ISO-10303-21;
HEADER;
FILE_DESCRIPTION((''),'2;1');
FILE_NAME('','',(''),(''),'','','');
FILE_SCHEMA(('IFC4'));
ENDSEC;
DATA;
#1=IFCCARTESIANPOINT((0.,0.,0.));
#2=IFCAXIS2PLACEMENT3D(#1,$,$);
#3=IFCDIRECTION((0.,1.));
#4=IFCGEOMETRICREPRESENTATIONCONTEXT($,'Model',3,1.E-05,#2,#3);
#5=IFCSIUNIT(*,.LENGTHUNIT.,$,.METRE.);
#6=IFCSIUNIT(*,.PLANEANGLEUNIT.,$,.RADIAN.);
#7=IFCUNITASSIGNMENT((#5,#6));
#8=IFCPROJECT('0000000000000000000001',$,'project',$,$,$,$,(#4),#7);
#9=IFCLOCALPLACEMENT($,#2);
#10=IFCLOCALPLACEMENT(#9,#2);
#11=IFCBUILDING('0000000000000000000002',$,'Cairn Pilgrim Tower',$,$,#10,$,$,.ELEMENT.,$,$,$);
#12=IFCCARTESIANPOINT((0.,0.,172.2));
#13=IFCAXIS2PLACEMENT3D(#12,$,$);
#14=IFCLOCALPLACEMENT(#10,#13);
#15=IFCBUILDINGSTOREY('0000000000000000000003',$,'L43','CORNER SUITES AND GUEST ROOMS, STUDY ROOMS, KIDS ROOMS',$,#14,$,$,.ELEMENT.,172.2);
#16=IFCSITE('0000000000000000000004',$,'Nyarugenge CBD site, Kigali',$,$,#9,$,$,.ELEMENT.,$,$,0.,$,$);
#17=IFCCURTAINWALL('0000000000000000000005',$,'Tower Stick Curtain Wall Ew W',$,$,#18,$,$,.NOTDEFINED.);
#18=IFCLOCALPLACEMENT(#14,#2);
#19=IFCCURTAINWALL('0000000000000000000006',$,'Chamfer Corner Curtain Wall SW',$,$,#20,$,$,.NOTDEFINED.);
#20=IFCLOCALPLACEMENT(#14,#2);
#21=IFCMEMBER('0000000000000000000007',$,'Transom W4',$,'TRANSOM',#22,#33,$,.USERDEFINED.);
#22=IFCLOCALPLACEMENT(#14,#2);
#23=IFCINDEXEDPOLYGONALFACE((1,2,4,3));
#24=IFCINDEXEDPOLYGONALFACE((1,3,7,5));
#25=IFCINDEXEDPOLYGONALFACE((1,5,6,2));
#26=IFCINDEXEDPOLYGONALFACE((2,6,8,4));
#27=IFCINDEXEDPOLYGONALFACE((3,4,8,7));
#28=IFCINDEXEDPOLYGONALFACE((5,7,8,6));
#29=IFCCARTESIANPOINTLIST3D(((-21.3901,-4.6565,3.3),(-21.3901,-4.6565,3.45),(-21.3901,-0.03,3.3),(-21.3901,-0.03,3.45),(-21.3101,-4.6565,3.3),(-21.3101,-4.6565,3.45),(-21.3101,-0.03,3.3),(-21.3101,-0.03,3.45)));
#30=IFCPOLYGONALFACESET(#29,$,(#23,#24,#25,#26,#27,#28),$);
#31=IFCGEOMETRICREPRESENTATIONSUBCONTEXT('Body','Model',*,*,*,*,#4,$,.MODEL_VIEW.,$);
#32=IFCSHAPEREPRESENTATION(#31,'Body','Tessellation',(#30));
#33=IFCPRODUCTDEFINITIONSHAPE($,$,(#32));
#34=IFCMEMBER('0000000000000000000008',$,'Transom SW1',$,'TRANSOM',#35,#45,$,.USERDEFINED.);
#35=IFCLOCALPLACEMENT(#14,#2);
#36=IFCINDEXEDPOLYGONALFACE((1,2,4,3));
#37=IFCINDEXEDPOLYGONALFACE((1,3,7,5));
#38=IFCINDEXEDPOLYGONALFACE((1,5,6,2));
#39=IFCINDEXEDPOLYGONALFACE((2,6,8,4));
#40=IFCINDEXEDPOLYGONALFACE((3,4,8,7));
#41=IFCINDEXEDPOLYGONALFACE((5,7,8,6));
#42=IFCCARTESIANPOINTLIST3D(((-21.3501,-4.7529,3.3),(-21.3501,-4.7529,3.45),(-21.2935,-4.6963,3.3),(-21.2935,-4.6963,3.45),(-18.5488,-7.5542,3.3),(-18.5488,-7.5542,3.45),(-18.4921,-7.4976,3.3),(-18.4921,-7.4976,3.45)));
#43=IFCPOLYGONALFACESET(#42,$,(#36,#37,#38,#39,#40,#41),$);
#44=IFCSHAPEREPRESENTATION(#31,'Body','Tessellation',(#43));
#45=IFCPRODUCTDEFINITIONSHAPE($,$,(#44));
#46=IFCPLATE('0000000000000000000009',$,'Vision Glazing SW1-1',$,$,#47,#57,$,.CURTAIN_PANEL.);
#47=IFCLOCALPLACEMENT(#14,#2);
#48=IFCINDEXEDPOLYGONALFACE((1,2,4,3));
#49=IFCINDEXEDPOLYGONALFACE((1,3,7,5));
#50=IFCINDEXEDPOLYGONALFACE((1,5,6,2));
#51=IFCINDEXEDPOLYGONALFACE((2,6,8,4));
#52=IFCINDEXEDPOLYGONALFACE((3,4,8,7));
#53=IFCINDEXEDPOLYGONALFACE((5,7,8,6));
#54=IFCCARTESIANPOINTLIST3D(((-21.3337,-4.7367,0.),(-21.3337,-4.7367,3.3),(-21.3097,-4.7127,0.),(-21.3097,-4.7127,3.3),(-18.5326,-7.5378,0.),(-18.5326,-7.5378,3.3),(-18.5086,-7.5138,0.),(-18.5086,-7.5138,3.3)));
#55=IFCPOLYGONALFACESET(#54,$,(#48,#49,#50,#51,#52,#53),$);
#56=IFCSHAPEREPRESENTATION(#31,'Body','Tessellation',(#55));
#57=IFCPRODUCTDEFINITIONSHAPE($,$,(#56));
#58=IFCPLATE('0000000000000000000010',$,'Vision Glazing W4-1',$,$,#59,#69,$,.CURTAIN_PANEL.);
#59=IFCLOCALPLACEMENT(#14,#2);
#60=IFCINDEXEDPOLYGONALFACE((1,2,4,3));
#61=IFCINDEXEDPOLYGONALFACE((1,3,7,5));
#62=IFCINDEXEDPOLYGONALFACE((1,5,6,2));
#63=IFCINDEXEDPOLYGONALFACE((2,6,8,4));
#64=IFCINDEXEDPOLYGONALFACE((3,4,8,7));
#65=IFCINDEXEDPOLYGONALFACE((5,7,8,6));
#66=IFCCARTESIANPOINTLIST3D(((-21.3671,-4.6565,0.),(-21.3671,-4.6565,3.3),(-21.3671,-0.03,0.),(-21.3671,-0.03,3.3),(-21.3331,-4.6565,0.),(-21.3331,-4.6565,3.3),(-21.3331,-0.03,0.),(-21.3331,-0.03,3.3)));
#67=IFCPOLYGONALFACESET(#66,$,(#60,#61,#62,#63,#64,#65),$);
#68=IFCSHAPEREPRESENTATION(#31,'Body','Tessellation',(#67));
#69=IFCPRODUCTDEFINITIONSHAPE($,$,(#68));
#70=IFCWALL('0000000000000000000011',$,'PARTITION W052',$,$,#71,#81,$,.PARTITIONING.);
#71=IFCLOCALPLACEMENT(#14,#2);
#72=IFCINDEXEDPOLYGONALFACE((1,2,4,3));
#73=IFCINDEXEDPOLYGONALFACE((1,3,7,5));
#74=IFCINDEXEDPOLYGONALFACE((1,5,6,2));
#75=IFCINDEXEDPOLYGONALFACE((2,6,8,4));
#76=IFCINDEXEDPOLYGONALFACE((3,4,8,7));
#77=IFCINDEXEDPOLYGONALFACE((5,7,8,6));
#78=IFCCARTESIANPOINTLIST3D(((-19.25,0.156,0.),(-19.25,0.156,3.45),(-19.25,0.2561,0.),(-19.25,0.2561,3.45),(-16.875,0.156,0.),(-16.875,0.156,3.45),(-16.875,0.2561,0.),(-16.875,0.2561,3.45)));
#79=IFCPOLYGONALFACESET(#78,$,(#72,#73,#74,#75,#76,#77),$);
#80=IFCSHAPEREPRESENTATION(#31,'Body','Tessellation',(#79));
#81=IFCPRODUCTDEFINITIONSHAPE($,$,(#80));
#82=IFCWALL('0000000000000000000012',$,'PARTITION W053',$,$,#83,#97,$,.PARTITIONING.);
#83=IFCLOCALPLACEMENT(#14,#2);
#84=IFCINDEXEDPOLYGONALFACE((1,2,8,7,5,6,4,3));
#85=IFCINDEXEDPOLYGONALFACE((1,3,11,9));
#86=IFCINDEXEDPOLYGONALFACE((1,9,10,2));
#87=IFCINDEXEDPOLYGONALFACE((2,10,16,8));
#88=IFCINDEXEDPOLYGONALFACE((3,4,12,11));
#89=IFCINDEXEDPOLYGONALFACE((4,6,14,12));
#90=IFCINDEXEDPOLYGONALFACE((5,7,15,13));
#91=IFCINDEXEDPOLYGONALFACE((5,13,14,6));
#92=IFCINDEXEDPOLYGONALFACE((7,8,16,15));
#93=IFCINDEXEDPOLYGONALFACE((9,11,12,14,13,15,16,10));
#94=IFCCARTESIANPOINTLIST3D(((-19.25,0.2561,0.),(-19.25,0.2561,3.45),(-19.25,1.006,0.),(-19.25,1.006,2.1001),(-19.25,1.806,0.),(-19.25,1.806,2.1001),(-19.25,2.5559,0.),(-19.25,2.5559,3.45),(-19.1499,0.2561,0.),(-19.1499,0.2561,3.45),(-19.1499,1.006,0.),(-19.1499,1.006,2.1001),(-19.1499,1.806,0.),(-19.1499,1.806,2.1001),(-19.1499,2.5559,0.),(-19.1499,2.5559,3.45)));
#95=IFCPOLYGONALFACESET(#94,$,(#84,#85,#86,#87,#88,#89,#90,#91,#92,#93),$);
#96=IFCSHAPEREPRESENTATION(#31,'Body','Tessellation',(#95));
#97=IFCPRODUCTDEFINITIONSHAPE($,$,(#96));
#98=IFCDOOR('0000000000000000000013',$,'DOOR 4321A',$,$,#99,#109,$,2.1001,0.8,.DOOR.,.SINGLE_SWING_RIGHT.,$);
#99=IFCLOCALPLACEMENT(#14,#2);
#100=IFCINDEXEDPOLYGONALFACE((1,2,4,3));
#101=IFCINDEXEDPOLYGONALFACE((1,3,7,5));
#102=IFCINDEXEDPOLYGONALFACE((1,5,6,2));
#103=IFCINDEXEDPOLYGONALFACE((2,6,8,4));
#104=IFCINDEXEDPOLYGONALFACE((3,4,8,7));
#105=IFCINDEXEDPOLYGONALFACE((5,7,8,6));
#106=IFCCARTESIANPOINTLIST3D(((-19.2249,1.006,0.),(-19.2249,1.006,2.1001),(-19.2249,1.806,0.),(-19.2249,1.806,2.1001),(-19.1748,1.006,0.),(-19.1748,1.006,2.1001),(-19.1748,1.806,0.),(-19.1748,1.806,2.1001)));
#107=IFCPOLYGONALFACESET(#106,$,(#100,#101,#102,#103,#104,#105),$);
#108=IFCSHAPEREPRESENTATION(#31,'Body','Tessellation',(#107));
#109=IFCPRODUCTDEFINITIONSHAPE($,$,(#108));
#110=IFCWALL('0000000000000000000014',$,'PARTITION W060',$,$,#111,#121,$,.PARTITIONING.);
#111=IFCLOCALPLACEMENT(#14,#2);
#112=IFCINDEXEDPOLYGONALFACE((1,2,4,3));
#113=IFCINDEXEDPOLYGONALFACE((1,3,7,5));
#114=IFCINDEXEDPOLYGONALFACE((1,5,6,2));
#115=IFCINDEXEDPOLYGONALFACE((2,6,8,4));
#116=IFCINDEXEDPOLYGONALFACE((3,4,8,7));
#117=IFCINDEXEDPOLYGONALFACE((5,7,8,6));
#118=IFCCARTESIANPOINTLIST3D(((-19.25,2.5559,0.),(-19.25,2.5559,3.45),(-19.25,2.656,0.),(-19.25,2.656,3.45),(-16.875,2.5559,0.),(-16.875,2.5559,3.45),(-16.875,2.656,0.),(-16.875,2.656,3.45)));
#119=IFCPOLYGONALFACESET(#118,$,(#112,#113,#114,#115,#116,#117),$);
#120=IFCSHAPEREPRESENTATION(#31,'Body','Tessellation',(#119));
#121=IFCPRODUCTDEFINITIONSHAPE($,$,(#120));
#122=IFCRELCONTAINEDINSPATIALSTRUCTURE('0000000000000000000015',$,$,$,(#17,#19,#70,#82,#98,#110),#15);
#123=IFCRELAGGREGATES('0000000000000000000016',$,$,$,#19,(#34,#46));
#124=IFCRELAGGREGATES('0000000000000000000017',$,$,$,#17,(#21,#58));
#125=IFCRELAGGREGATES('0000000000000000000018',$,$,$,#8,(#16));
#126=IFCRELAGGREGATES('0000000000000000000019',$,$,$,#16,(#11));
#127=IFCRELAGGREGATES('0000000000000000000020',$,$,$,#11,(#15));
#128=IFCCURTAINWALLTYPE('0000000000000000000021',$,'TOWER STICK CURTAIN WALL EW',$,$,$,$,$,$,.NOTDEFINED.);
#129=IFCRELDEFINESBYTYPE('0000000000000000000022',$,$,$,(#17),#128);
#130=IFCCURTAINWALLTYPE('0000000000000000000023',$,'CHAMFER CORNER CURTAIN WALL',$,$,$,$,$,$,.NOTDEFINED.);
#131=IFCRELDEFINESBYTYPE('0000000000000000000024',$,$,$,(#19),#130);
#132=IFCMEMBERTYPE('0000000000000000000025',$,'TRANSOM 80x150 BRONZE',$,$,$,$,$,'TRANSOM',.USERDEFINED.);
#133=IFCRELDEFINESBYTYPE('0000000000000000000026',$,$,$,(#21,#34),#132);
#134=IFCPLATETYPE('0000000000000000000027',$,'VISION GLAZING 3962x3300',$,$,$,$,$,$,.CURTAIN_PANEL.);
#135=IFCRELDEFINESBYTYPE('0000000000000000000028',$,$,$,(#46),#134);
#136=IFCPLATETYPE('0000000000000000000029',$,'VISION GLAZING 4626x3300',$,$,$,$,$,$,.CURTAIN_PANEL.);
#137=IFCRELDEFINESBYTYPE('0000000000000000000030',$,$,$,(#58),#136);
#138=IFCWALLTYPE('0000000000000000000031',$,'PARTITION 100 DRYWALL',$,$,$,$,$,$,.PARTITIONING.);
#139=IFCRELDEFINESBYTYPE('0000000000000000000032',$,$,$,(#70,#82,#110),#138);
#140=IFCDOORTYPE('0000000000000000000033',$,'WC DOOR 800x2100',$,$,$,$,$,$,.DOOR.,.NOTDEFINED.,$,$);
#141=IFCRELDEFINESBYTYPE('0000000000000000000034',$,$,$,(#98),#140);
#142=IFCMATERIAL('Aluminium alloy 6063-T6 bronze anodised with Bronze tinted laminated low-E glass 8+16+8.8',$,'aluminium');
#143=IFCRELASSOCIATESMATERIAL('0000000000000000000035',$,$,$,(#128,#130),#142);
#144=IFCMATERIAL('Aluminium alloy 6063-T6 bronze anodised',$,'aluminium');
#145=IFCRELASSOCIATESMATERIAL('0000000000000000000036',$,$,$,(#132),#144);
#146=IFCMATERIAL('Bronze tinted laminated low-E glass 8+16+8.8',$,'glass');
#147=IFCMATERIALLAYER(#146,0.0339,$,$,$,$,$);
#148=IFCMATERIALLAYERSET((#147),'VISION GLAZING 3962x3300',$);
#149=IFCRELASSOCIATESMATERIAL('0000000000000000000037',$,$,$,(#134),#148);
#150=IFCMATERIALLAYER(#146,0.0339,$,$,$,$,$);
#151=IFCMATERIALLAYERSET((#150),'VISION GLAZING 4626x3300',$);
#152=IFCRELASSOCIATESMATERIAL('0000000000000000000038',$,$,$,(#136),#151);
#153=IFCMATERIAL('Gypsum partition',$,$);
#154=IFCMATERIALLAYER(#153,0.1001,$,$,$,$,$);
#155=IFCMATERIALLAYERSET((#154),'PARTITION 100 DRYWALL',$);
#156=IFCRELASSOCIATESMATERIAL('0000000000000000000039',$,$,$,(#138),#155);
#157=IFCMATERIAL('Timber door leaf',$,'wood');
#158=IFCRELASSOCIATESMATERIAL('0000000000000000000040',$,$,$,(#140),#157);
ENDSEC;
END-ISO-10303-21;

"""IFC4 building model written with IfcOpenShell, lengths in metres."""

from ifc_helpers import new_model, si_unit, direction, frame, frame_2d, origin, origin_2d, place, context, subcontext, project, spatial, rectangle, extrude, material, layer, layer_set, material_profile, profile_set, type_object, element, fill, aggregate, save


model = new_model("IFC4")

# Units and contexts
model_context = context("Model", 3, precision=1e-05, world=origin(), true_north=direction((0.0, 1.0)))
body_context = subcontext(model_context, "Body", "Model", "MODEL_VIEW")
ifc_project = project(units=[si_unit("LENGTHUNIT", "METRE"), si_unit("PLANEANGLEUNIT", "RADIAN")], contexts=[model_context])

# Site, building, storey
site_placement = place(None, origin())
site = spatial("IfcSite", under=ifc_project, at=site_placement, Name="Nyarugenge CBD site, Kigali", CompositionType="ELEMENT", RefElevation=0.0)
building_placement = place(site_placement, origin())
building = spatial("IfcBuilding", under=site, at=building_placement, Name="Cairn Pilgrim Tower", CompositionType="ELEMENT")
storey_placement = place(building_placement, frame((0.0, 0.0, 172.2)))
storey = spatial("IfcBuildingStorey", under=building, at=storey_placement, Name="L43", Description="CORNER SUITES AND GUEST ROOMS, STUDY ROOMS, KIDS ROOMS", CompositionType="ELEMENT", Elevation=172.2)

# Curtain wall
ifc_material_1 = material(Name="Aluminium alloy 6063-T6 bronze anodised with Bronze tinted laminated low-E glass 8+16+8.8", Category="aluminium")
curtain_wall_type_1 = type_object("IfcCurtainWallType", Name="TOWER STICK CURTAIN WALL EW", PredefinedType="NOTDEFINED", material=ifc_material_1)
curtain_wall_1_placement = place(storey_placement, origin())
curtain_wall_1 = element("IfcCurtainWall", 1, at=curtain_wall_1_placement, inside=storey, type_object=curtain_wall_type_1, Name="Tower Stick Curtain Wall Ew W", PredefinedType="NOTDEFINED")
ifc_material_2 = material(Name="Aluminium alloy 6063-T6 bronze anodised", Category="aluminium")

# Curtain wall
curtain_wall_type_2 = type_object("IfcCurtainWallType", Name="CHAMFER CORNER CURTAIN WALL", PredefinedType="NOTDEFINED", material=ifc_material_1)
curtain_wall_2_placement = place(storey_placement, origin())
curtain_wall_2 = element("IfcCurtainWall", 2, at=curtain_wall_2_placement, inside=storey, type_object=curtain_wall_type_2, Name="Chamfer Corner Curtain Wall SW", PredefinedType="NOTDEFINED")

# Members
ifc_material_profile_1 = material_profile(ifc_material_2, rectangle(XDim=0.0801, YDim=0.1499, at=origin_2d()), Name="TRANSOM 80x150 BRONZE")
ifc_profile_set_1 = profile_set([ifc_material_profile_1], Name="Aluminium alloy 6063-T6 bronze anodised")
member_type_1 = type_object("IfcMemberType", Name="TRANSOM 80x150 BRONZE", ElementType="TRANSOM", PredefinedType="USERDEFINED", material=ifc_profile_set_1)
member_1_placement = place(storey_placement, frame((-21.3501, -0.03, 3.375), z_axis=(0.0, -1.0, 0.0), x_axis=(1.0, 0.0, 0.0)))
member_1 = element("IfcMember", 3, at=member_1_placement, type_object=member_type_1, Name="Transom W4", ObjectType="TRANSOM", PredefinedType="USERDEFINED", context=body_context, shape_type="SweptSolid", body=[
    extrude(rectangle(XDim=0.0801, YDim=0.1499, at=origin_2d()), origin(), (0.0, 0.0, 1.0), 4.6265),
])
member_2_placement = place(storey_placement, frame((-21.3218, -4.7246, 3.375), z_axis=(0.707107, -0.707107, 0.0), x_axis=(0.707107, 0.707107, 0.0)))
member_2 = element("IfcMember", 4, at=member_2_placement, type_object=member_type_1, Name="Transom SW1", ObjectType="TRANSOM", PredefinedType="USERDEFINED", context=body_context, shape_type="SweptSolid", body=[
    extrude(rectangle(XDim=0.0801, YDim=0.1499, at=origin_2d()), origin(), (0.0, 0.0, 1.0), 3.9617),
])

# Plates
ifc_material_3 = material(Name="Bronze tinted laminated low-E glass 8+16+8.8", Category="glass")
ifc_layer_1 = layer(ifc_material_3, 0.0339)
ifc_layer_set_1 = layer_set([ifc_layer_1], Name="VISION GLAZING 3962x3300")
plate_type_1 = type_object("IfcPlateType", Name="VISION GLAZING 3962x3300", PredefinedType="CURTAIN_PANEL", material=ifc_layer_set_1)
plate_1_placement = place(storey_placement, frame((-19.9211, -6.1252, 0.0), z_axis=(0.0, 0.0, 1.0), x_axis=(0.707107, -0.707107, 0.0)))
plate_1 = element("IfcPlate", 5, at=plate_1_placement, type_object=plate_type_1, Name="Vision Glazing SW1-1", PredefinedType="CURTAIN_PANEL", context=body_context, shape_type="SweptSolid", body=[
    extrude(rectangle(XDim=3.9614, YDim=0.0339, at=origin_2d()), origin(), (0.0, 0.0, 1.0), 3.3),
])
aggregate(curtain_wall_2, [member_2, plate_1])
ifc_layer_2 = layer(ifc_material_3, 0.0339)
ifc_layer_set_2 = layer_set([ifc_layer_2], Name="VISION GLAZING 4626x3300")
plate_type_2 = type_object("IfcPlateType", Name="VISION GLAZING 4626x3300", PredefinedType="CURTAIN_PANEL", material=ifc_layer_set_2)
plate_2_placement = place(storey_placement, frame((-21.3501, -2.3433, 0.0), z_axis=(0.0, 0.0, 1.0), x_axis=(0.0, -1.0, 0.0)))
plate_2 = element("IfcPlate", 6, at=plate_2_placement, type_object=plate_type_2, Name="Vision Glazing W4-1", PredefinedType="CURTAIN_PANEL", context=body_context, shape_type="SweptSolid", body=[
    extrude(rectangle(XDim=4.6265, YDim=0.0339, at=origin_2d()), origin(), (0.0, 0.0, 1.0), 3.3),
])
aggregate(curtain_wall_1, [member_1, plate_2])

# Wall
ifc_material_4 = material(Name="Gypsum partition")
ifc_layer_3 = layer(ifc_material_4, 0.1001)
ifc_layer_set_3 = layer_set([ifc_layer_3], Name="PARTITION 100 DRYWALL")
wall_type = type_object("IfcWallType", Name="PARTITION 100 DRYWALL", PredefinedType="PARTITIONING", material=ifc_layer_set_3)
wall_1_placement = place(storey_placement, frame((-19.25, 0.2061, 0.0), z_axis=(0.0, 0.0, 1.0), x_axis=(1.0, 0.0, 0.0)))
element("IfcWall", 7, at=wall_1_placement, inside=storey, type_object=wall_type, Name="PARTITION W052", PredefinedType="PARTITIONING", context=body_context, shape_type="SweptSolid", body=[
    extrude(rectangle(XDim=2.375, YDim=0.1001, at=frame_2d((1.1875, 0.0))), origin(), (0.0, 0.0, 1.0), 3.45),
])

# Wall, opening, door
wall_2_placement = place(storey_placement, frame((-19.2, 0.2561, 0.0), z_axis=(0.0, 0.0, 1.0), x_axis=(0.0, 1.0, 0.0)))
wall_2 = element("IfcWall", 8, at=wall_2_placement, inside=storey, type_object=wall_type, Name="PARTITION W053", PredefinedType="PARTITIONING", context=body_context, shape_type="SweptSolid", body=[
    extrude(rectangle(XDim=2.2998, YDim=0.1001, at=frame_2d((1.1499, 0.0))), origin(), (0.0, 0.0, 1.0), 3.45),
])
opening_placement = place(wall_2_placement, frame((0.75, 0.0, 0.0)))
opening = element("IfcOpeningElement", 9, at=opening_placement, cuts=wall_2, PredefinedType="OPENING", context=body_context, shape_type="SweptSolid", body=[
    extrude(rectangle(XDim=0.8, YDim=2.1001, at=frame_2d((0.3999, 1.05))), frame((0.0, 0.0601, 0.0), z_axis=(0.0, -1.0, 0.0), x_axis=(1.0, 0.0, 0.0)), (0.0, 0.0, 1.0), 0.1201),
])
ifc_material_5 = material(Name="Timber door leaf", Category="wood")
door_type = type_object("IfcDoorType", Name="WC DOOR 800x2100", OperationType="NOTDEFINED", PredefinedType="DOOR", material=ifc_material_5)
door_placement = place(opening_placement, origin())
door = element("IfcDoor", 10, at=door_placement, inside=storey, type_object=door_type, Name="DOOR 4321A", OperationType="SINGLE_SWING_RIGHT", OverallHeight=2.1001, OverallWidth=0.8, PredefinedType="DOOR", context=body_context, shape_type="SweptSolid", body=[
    extrude(rectangle(XDim=0.8, YDim=2.1001, at=frame_2d((0.3999, 1.05))), frame((0.0, 0.0249, 0.0), z_axis=(0.0, -1.0, 0.0), x_axis=(1.0, 0.0, 0.0)), (0.0, 0.0, 1.0), 0.05),
])
fill(opening, door)

# Wall
wall_3_placement = place(storey_placement, frame((-19.25, 2.606, 0.0), z_axis=(0.0, 0.0, 1.0), x_axis=(1.0, 0.0, 0.0)))
element("IfcWall", 11, at=wall_3_placement, inside=storey, type_object=wall_type, Name="PARTITION W060", PredefinedType="PARTITIONING", context=body_context, shape_type="SweptSolid", body=[
    extrude(rectangle(XDim=2.375, YDim=0.1001, at=frame_2d((1.1875, 0.0))), origin(), (0.0, 0.0, 1.0), 3.45),
])

save(model, "model.ifc")
